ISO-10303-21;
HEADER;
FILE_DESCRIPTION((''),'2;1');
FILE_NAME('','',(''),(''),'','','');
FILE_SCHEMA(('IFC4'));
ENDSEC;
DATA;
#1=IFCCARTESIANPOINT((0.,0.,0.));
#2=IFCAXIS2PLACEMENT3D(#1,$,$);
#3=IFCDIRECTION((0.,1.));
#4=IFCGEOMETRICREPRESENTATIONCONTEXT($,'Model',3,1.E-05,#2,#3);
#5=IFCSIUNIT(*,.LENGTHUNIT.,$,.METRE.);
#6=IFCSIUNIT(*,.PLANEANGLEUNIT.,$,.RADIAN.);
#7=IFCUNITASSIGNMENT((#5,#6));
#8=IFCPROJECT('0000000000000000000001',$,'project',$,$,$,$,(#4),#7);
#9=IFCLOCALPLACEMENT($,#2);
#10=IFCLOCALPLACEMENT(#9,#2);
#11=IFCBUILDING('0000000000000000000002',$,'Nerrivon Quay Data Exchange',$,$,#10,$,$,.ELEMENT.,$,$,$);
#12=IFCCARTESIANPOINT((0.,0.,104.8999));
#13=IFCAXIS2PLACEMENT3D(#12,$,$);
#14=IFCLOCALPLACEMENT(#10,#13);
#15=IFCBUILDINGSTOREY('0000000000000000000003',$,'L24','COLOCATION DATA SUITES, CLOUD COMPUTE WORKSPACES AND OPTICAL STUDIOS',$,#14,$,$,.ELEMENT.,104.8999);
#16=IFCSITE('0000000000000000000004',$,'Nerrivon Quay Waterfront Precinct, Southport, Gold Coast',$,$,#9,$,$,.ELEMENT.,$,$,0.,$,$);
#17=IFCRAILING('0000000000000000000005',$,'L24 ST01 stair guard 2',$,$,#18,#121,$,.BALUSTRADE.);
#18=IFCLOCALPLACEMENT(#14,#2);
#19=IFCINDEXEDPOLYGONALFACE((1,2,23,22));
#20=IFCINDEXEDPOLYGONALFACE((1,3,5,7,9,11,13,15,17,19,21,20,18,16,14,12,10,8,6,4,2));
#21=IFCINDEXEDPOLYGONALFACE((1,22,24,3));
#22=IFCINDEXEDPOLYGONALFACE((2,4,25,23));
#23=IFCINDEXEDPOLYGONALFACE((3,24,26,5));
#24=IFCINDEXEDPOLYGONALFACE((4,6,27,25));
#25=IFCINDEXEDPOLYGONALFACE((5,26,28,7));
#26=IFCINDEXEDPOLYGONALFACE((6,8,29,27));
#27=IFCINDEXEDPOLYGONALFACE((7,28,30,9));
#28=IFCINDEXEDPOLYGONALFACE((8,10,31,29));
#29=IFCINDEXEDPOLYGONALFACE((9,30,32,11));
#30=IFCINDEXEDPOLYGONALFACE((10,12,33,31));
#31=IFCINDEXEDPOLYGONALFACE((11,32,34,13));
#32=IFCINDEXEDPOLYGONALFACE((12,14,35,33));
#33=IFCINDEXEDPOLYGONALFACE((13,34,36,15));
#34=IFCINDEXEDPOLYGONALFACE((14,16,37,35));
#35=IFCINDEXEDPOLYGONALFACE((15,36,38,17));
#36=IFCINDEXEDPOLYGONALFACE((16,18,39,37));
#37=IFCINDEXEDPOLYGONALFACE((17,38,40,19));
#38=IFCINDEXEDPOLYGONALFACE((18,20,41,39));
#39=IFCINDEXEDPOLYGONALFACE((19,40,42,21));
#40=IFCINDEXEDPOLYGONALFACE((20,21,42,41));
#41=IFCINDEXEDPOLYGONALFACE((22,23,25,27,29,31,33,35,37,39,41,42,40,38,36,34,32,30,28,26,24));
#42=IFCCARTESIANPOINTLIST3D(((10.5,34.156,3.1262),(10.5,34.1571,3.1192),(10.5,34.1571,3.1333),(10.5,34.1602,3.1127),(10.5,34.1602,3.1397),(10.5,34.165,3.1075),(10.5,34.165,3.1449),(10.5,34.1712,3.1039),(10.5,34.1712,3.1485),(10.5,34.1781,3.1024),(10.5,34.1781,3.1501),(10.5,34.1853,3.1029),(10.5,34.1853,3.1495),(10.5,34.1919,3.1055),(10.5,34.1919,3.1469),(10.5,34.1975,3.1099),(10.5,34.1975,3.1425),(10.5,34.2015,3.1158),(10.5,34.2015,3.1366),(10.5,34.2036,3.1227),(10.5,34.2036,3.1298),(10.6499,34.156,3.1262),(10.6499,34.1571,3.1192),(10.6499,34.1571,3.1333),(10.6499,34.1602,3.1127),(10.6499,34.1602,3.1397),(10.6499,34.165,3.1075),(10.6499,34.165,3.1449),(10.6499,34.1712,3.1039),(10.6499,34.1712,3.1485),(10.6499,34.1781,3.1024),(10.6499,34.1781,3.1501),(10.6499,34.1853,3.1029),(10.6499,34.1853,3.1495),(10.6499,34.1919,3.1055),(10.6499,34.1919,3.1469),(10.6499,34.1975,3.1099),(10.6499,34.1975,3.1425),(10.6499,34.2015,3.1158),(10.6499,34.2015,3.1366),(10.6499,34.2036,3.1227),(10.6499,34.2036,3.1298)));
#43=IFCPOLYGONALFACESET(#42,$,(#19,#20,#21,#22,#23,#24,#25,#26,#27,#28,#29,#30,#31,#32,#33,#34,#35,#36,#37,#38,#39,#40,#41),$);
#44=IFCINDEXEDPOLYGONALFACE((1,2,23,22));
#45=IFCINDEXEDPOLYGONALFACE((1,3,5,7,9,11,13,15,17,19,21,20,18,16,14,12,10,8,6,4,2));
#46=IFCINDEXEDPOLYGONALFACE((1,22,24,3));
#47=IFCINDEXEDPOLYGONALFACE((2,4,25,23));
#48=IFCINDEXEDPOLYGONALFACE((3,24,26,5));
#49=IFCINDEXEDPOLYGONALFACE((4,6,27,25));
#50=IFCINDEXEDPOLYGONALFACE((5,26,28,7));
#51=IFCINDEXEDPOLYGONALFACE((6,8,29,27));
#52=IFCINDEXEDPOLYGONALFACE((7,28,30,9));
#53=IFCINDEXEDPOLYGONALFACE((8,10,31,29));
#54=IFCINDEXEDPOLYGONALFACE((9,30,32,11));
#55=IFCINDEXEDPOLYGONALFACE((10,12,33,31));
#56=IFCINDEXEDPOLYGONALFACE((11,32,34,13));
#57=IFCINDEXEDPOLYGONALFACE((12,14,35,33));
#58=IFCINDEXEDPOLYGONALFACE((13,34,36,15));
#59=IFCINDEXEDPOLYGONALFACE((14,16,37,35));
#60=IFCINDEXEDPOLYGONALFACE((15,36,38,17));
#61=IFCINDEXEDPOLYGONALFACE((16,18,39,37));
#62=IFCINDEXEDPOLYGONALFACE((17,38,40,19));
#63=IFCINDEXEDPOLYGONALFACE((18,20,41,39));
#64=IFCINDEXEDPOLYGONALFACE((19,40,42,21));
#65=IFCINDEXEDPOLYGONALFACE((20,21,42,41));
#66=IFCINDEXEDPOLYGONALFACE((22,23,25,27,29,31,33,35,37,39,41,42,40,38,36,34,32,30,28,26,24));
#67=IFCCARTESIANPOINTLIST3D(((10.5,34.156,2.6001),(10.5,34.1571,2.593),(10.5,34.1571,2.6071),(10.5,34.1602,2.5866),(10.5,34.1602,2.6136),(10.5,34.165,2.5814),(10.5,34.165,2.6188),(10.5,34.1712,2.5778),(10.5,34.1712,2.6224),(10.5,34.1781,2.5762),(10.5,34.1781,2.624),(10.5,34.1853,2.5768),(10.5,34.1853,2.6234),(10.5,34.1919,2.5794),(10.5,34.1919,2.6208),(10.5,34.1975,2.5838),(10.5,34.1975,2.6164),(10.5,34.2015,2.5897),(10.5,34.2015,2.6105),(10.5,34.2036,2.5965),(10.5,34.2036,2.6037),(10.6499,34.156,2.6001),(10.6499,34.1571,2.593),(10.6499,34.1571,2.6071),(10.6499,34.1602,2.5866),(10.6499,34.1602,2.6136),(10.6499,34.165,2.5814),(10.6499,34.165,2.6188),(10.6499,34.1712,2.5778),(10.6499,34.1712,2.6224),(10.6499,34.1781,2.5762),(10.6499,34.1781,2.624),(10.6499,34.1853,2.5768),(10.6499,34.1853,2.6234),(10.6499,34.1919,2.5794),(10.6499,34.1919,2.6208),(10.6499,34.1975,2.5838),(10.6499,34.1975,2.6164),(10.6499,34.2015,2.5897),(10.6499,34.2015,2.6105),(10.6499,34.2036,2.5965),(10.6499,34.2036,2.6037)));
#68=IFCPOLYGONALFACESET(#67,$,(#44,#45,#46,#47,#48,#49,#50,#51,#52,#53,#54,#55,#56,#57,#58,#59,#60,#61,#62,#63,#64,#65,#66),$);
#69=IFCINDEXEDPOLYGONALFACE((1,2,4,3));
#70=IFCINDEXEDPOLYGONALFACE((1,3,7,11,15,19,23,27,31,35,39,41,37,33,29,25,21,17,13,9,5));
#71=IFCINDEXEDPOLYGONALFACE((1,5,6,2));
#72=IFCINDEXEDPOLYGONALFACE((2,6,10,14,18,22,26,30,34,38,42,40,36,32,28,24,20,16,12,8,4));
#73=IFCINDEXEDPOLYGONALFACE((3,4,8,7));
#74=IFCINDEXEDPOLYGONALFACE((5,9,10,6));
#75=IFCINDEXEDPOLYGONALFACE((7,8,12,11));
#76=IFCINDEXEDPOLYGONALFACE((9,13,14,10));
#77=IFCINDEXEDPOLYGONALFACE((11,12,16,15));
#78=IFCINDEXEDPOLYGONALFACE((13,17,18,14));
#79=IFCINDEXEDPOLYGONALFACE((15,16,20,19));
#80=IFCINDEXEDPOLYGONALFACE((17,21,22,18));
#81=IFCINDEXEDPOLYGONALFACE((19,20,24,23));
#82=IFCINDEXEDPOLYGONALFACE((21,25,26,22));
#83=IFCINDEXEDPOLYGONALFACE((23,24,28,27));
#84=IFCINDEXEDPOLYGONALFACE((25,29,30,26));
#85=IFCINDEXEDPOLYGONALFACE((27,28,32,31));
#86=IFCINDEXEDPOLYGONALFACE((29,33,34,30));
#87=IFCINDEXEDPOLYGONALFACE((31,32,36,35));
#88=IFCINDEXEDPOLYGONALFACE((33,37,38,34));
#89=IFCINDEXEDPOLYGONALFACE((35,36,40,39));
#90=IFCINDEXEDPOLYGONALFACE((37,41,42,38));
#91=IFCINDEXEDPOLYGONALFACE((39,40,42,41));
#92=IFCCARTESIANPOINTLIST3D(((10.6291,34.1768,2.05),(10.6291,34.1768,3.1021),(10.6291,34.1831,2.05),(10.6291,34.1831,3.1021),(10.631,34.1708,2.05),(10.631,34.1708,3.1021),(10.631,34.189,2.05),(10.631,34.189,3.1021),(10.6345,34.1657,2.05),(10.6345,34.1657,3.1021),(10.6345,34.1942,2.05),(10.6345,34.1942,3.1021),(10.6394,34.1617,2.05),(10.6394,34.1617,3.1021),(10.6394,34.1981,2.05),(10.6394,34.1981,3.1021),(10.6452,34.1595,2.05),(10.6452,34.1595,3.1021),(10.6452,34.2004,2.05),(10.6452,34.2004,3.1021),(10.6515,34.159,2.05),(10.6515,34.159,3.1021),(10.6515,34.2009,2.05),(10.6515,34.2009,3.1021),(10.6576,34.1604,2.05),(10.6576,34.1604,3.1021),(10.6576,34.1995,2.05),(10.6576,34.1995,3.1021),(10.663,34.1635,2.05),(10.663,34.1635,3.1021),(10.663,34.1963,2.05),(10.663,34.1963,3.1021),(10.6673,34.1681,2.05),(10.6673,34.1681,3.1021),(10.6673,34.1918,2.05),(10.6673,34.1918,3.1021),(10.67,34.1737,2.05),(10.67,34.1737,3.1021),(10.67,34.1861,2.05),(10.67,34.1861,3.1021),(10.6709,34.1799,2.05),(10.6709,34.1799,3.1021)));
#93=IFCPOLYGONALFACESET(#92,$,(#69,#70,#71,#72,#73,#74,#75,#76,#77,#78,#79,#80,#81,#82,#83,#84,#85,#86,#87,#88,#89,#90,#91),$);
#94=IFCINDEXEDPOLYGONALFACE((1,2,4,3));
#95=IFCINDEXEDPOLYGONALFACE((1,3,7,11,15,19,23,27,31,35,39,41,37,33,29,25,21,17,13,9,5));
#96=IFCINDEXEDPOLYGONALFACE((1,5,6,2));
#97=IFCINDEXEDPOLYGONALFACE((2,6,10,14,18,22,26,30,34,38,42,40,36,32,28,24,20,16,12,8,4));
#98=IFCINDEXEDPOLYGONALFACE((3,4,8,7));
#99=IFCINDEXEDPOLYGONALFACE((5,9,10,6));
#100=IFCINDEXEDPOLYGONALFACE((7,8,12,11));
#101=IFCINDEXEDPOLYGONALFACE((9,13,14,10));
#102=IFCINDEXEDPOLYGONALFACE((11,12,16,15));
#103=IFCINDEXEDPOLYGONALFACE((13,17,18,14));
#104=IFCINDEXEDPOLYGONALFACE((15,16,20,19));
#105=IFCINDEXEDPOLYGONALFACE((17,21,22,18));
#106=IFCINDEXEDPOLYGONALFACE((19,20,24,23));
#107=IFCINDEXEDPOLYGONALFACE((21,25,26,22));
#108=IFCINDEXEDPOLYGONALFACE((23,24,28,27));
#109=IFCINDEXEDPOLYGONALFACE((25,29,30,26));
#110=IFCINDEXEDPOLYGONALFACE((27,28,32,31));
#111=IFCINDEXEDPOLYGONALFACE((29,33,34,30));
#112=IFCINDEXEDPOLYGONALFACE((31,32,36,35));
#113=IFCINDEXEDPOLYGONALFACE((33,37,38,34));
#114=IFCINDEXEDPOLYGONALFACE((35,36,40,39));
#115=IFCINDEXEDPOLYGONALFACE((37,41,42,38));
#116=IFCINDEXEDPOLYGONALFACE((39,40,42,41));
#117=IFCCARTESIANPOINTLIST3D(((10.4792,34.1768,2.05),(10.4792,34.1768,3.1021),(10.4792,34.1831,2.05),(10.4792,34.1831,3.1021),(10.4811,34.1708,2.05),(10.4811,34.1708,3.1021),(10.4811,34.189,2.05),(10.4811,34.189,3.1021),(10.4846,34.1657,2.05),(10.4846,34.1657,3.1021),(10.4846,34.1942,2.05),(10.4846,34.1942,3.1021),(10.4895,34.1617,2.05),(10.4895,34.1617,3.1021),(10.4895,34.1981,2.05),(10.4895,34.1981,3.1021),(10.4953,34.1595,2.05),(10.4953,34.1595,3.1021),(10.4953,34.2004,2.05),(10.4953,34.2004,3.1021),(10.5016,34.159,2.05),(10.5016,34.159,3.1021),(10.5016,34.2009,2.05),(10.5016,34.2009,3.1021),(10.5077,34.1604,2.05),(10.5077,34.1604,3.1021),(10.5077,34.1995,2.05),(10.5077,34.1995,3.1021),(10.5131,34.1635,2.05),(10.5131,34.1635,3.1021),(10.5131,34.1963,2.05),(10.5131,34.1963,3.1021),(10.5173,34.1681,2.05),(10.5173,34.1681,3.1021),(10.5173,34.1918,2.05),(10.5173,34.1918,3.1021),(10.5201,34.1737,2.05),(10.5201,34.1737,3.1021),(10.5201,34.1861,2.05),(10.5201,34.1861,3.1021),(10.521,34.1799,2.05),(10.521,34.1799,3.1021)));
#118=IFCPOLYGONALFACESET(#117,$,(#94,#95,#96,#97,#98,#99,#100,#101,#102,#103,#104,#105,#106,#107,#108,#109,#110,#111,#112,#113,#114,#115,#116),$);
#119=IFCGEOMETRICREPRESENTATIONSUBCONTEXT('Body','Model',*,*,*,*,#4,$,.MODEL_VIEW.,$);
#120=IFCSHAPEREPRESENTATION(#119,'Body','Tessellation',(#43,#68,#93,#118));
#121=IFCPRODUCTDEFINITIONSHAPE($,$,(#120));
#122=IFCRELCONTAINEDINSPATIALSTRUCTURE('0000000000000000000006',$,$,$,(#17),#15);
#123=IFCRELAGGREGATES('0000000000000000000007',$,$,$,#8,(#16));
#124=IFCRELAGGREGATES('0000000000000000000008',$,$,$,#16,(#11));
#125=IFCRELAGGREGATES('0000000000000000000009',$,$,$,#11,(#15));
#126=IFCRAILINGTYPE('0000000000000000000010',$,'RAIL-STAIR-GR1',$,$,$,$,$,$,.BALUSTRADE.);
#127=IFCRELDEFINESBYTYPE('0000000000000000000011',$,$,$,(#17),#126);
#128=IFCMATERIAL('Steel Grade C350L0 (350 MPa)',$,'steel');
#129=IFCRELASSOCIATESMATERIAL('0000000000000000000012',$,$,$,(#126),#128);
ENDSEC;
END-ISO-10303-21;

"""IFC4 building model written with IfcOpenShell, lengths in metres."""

from ifc_helpers import new_model, si_unit, direction, frame, origin, origin_2d, place, context, subcontext, project, spatial, circle, extrude, material, type_object, element, save


model = new_model("IFC4")

# Units and contexts
model_context = context("Model", 3, precision=1e-05, world=origin(), true_north=direction((0.0, 1.0)))
body_context = subcontext(model_context, "Body", "Model", "MODEL_VIEW")
ifc_project = project(units=[si_unit("LENGTHUNIT", "METRE"), si_unit("PLANEANGLEUNIT", "RADIAN")], contexts=[model_context])

# Site, building, storey
site_placement = place(None, origin())
site = spatial("IfcSite", under=ifc_project, at=site_placement, Name="Nerrivon Quay Waterfront Precinct, Southport, Gold Coast", CompositionType="ELEMENT", RefElevation=0.0)
building_placement = place(site_placement, origin())
building = spatial("IfcBuilding", under=site, at=building_placement, Name="Nerrivon Quay Data Exchange", CompositionType="ELEMENT")
storey_placement = place(building_placement, frame((0.0, 0.0, 104.8999)))
storey = spatial("IfcBuildingStorey", under=building, at=storey_placement, Name="L24", Description="COLOCATION DATA SUITES, CLOUD COMPUTE WORKSPACES AND OPTICAL STUDIOS", CompositionType="ELEMENT", Elevation=104.8999)

# Railing
ifc_material_1 = material(Name="Steel Grade C350L0 (350 MPa)", Category="steel")
railing_type_1 = type_object("IfcRailingType", Name="RAIL-STAIR-GR1", PredefinedType="BALUSTRADE", material=ifc_material_1)
railing_1_placement = place(storey_placement, frame((10.6499, 34.1799, 2.05)))
element("IfcRailing", 1, at=railing_1_placement, inside=storey, type_object=railing_type_1, Name="L24 ST01 stair guard 2", PredefinedType="BALUSTRADE", context=body_context, shape_type="SweptSolid", body=[
    extrude(circle(Radius=0.0239, at=origin_2d()), frame((0.0, 0.0, 1.0762), z_axis=(-1.0, 0.0, 0.0), x_axis=(0.0, -1.0, 0.0)), (0.0, 0.0, 1.0), 0.1499),
    extrude(circle(Radius=0.0239, at=origin_2d()), frame((0.0, 0.0, 0.55), z_axis=(-1.0, 0.0, 0.0), x_axis=(0.0, -1.0, 0.0)), (0.0, 0.0, 1.0), 0.1499),
    extrude(circle(Radius=0.021, at=origin_2d()), origin(), (0.0, 0.0, 1.0), 1.052),
    extrude(circle(Radius=0.021, at=origin_2d()), frame((-0.1499, 0.0, 0.0)), (0.0, 0.0, 1.0), 1.052),
])

save(model, "model.ifc")
